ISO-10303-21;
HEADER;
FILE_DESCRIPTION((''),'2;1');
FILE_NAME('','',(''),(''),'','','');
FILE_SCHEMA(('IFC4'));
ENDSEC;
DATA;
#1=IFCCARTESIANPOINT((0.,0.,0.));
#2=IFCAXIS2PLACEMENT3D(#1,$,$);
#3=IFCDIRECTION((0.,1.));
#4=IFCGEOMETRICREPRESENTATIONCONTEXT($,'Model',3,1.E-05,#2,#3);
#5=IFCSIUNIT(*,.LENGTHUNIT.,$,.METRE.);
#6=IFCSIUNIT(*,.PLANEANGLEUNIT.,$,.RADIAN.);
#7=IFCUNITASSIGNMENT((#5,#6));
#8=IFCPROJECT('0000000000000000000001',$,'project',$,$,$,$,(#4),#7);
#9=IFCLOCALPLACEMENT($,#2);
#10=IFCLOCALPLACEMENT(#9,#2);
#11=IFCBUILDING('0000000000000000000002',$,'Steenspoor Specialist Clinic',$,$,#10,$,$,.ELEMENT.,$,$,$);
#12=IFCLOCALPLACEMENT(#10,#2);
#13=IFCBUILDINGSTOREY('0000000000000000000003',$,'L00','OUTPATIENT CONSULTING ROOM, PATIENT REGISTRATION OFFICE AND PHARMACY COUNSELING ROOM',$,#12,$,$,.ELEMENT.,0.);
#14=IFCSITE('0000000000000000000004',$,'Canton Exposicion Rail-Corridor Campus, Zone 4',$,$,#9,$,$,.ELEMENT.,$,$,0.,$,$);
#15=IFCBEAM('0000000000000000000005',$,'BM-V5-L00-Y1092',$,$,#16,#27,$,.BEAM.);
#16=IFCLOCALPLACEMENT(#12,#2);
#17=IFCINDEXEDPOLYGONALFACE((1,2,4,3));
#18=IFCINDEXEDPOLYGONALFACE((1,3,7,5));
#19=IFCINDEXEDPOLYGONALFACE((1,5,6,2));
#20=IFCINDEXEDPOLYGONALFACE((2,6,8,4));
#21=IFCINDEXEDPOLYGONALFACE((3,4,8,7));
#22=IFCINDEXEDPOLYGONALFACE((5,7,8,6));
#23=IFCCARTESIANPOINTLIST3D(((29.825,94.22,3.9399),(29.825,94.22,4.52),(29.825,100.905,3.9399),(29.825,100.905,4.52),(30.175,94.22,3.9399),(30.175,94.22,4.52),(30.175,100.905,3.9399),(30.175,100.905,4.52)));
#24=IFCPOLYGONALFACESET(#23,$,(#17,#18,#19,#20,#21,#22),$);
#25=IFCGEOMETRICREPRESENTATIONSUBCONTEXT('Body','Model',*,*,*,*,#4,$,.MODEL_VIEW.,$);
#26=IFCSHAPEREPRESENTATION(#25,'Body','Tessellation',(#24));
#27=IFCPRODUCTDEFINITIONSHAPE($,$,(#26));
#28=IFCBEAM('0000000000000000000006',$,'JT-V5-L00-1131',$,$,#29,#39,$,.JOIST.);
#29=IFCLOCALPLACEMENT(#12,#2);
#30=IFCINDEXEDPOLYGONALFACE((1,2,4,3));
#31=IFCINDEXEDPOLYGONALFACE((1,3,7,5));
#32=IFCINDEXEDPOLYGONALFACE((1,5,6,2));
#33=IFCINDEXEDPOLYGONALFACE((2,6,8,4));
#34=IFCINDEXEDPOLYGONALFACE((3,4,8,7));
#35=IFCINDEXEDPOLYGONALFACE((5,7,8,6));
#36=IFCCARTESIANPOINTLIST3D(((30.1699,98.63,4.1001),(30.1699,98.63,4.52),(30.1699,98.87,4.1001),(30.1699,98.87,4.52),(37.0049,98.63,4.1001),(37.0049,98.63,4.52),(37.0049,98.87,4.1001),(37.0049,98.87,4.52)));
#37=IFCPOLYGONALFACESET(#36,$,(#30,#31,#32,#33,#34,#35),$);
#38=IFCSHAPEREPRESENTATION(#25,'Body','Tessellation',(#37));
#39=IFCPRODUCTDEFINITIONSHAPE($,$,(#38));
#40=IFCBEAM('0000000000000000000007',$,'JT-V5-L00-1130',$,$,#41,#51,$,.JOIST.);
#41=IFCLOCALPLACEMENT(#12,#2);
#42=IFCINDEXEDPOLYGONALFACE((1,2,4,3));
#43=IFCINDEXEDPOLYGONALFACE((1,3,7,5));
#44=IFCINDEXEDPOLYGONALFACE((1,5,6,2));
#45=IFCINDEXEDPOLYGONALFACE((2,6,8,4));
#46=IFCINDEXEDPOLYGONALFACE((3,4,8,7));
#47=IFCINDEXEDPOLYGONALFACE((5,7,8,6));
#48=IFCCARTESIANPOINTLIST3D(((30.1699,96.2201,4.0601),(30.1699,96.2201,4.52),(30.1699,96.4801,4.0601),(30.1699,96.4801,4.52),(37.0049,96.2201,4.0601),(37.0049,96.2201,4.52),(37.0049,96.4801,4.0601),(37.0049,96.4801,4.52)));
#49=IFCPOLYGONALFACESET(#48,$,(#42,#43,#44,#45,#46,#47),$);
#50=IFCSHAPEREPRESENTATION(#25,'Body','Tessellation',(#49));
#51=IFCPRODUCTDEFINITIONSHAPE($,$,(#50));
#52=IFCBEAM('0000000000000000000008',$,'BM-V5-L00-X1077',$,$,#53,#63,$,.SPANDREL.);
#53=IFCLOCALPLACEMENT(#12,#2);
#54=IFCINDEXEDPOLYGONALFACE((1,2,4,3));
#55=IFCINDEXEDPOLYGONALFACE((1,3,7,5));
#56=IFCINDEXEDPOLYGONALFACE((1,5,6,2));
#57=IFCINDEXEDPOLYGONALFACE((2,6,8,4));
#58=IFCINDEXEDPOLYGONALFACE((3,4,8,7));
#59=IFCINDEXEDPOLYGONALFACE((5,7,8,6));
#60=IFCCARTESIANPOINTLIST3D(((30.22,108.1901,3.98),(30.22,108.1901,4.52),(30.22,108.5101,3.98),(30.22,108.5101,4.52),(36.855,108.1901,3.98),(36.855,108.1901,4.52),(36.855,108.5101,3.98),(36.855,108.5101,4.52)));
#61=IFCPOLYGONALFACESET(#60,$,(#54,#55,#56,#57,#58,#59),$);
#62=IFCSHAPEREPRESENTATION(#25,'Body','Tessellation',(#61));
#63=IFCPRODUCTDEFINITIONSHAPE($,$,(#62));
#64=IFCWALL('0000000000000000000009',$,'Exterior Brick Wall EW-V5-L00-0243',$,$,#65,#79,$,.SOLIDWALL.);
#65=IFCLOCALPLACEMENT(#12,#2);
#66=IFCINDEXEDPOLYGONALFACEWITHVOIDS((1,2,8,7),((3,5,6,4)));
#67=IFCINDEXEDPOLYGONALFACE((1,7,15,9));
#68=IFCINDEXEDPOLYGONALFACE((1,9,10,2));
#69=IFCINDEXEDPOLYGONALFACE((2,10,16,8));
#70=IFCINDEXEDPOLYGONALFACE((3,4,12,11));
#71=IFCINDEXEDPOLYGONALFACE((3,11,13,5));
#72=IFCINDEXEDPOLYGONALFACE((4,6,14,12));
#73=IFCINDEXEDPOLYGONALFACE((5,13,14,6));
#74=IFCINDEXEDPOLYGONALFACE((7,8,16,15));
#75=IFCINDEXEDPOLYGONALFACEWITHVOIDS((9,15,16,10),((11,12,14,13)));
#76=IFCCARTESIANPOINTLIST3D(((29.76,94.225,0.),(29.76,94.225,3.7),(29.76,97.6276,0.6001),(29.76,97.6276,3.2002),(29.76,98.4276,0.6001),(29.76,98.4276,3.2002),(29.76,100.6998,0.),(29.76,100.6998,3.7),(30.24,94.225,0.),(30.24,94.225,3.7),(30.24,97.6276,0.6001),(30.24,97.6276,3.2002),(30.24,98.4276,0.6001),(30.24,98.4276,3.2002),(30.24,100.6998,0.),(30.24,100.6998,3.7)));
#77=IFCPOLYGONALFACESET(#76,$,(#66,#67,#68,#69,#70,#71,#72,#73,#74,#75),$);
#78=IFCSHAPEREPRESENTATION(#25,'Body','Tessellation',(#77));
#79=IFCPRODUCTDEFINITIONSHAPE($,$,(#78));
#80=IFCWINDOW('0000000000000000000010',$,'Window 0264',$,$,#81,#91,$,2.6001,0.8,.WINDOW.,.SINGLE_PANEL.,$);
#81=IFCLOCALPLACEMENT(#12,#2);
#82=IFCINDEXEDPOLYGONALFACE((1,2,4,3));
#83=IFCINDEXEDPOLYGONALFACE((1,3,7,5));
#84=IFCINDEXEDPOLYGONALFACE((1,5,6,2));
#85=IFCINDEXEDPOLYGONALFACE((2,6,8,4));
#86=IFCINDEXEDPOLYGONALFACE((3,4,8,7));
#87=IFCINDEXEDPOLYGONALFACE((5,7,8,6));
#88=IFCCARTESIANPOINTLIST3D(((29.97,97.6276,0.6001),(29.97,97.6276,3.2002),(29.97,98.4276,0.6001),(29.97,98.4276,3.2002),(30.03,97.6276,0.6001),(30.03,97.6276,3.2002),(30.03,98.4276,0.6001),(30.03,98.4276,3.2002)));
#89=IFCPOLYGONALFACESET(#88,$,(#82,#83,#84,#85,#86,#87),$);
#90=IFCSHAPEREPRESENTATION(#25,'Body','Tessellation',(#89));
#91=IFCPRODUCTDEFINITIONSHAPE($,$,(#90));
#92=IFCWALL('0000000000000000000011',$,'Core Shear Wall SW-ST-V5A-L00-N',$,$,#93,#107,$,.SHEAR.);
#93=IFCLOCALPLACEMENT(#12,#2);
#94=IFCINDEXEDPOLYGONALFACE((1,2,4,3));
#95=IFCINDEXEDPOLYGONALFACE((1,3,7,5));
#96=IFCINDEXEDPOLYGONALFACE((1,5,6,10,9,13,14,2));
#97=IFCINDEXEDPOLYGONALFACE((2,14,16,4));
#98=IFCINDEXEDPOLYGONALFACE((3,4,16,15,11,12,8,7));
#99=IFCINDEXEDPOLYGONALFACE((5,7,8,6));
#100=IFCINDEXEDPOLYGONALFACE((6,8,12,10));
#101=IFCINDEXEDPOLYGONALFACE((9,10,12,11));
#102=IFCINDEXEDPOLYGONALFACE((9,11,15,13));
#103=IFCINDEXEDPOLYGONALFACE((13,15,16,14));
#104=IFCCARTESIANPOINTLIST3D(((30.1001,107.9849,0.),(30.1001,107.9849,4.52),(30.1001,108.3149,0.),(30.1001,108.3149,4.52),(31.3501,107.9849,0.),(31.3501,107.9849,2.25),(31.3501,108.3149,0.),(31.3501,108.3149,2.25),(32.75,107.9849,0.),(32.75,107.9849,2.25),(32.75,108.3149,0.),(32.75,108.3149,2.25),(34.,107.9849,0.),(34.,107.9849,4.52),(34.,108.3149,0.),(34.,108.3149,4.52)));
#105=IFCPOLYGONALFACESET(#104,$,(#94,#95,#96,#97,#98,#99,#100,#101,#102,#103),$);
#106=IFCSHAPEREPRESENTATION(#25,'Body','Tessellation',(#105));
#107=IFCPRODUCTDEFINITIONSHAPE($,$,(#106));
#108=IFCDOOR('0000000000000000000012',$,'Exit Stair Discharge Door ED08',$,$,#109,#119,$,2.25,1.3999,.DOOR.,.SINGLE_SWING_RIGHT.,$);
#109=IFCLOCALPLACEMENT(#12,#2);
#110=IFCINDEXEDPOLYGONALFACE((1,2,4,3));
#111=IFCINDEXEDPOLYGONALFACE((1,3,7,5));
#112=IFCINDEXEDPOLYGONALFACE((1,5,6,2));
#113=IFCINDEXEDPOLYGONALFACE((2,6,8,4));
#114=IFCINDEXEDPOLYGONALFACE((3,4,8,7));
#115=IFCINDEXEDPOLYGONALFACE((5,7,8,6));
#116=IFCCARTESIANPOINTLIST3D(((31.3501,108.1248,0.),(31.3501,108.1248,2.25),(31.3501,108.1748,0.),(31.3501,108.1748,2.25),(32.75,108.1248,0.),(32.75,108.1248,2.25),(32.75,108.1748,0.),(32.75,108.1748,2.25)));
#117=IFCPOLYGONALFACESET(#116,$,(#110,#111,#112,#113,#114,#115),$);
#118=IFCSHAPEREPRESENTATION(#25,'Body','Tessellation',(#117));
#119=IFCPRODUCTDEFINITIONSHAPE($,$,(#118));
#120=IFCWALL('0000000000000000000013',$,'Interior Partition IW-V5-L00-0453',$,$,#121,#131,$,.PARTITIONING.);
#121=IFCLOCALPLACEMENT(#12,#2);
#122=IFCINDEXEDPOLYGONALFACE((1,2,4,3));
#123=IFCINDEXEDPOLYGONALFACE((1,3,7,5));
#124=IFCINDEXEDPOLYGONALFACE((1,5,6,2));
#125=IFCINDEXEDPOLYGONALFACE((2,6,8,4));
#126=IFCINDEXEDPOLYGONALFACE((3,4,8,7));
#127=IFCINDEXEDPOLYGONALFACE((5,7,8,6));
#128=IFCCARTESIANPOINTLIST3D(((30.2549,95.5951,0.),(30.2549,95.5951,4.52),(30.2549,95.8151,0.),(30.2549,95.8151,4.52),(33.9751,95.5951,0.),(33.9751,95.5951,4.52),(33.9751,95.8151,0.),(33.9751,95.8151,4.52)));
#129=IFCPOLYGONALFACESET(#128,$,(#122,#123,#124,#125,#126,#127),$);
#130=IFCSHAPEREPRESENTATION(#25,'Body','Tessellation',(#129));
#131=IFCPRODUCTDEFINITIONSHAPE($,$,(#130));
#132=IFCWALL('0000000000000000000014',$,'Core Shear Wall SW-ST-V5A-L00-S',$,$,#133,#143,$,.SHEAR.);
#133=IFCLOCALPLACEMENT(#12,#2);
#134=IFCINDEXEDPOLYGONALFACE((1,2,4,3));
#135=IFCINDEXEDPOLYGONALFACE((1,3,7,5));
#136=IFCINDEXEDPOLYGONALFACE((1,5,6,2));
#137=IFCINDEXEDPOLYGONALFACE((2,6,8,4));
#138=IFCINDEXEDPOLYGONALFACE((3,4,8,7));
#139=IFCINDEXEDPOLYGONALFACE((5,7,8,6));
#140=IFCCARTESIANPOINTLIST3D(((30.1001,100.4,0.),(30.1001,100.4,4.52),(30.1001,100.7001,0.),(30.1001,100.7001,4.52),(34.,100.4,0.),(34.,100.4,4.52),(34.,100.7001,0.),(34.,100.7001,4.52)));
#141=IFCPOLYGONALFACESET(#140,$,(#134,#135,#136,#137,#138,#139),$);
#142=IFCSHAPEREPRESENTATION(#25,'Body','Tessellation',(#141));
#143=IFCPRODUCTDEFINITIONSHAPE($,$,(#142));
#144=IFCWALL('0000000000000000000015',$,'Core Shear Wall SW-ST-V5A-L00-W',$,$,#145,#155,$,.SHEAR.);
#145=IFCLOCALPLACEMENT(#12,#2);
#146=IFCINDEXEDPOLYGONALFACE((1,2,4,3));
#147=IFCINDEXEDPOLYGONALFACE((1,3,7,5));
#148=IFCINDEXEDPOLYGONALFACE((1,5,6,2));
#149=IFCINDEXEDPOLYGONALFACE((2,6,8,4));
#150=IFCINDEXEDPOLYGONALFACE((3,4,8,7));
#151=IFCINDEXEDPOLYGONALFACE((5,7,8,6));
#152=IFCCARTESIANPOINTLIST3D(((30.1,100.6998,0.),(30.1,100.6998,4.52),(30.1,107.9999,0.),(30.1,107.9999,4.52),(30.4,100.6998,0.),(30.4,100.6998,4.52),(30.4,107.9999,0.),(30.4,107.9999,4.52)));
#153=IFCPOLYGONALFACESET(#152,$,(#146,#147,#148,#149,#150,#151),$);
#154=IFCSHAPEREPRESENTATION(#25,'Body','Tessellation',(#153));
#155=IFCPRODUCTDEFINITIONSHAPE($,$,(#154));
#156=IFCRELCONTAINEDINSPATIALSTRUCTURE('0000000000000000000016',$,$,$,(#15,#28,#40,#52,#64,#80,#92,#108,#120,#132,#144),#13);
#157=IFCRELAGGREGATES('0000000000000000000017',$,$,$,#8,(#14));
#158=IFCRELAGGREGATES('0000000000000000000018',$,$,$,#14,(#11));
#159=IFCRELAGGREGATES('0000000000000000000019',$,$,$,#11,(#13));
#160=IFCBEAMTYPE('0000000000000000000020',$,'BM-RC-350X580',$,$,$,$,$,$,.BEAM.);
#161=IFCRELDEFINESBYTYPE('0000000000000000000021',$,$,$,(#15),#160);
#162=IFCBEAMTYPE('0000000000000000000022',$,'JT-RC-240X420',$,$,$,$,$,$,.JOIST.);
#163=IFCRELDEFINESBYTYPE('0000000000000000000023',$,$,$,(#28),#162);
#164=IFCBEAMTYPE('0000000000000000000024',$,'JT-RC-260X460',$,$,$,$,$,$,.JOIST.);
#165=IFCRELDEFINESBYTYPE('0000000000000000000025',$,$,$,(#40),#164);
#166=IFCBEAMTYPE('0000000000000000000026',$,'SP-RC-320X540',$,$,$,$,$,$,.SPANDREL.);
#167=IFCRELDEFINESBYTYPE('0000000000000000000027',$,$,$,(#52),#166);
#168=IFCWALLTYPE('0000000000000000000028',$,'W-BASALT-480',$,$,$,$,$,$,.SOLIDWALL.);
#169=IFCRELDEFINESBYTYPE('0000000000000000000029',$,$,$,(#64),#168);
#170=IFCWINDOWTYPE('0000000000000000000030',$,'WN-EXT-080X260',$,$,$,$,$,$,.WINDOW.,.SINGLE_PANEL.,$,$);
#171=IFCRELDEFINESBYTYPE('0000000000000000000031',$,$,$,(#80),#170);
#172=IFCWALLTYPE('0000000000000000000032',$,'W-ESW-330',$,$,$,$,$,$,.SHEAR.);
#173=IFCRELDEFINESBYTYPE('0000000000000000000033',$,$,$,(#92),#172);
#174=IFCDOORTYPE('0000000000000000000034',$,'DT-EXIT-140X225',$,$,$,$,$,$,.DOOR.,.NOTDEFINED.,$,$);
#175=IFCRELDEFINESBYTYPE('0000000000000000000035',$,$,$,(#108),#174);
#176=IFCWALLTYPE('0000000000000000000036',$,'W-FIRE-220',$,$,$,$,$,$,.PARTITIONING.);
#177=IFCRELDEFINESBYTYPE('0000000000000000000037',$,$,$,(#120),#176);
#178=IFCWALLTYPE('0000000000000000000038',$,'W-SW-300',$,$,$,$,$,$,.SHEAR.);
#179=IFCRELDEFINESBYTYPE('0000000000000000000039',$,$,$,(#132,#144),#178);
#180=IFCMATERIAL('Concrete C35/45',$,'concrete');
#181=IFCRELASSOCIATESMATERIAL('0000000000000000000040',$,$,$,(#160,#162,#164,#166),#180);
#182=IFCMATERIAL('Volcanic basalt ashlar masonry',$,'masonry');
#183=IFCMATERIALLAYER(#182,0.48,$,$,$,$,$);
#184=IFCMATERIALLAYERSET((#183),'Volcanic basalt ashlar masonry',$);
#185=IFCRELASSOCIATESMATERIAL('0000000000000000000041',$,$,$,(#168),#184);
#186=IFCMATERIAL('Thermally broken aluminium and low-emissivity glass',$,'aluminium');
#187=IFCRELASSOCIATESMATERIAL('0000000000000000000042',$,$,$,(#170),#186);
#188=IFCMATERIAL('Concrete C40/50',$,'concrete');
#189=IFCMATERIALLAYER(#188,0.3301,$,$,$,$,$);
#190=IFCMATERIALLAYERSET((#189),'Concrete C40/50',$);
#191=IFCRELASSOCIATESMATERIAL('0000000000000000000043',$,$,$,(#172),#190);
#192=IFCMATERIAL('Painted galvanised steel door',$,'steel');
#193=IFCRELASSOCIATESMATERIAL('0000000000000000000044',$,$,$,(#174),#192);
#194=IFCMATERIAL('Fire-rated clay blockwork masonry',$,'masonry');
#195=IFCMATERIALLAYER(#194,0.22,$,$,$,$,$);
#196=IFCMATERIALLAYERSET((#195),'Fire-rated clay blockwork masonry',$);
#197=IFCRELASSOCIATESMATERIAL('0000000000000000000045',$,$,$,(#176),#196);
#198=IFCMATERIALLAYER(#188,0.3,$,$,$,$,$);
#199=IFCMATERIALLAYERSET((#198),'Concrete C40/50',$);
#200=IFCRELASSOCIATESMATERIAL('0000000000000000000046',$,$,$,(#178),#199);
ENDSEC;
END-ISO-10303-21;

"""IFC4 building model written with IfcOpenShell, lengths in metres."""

from ifc_helpers import new_model, si_unit, direction, frame, frame_2d, origin, origin_2d, place, context, subcontext, project, spatial, rectangle, extrude, material, layer, layer_set, material_profile, profile_set, type_object, element, fill, save


model = new_model("IFC4")

# Units and contexts
model_context = context("Model", 3, precision=1e-05, world=origin(), true_north=direction((0.0, 1.0)))
body_context = subcontext(model_context, "Body", "Model", "MODEL_VIEW")
ifc_project = project(units=[si_unit("LENGTHUNIT", "METRE"), si_unit("PLANEANGLEUNIT", "RADIAN")], contexts=[model_context])

# Site, building, storey
site_placement = place(None, origin())
site = spatial("IfcSite", under=ifc_project, at=site_placement, Name="Canton Exposicion Rail-Corridor Campus, Zone 4", CompositionType="ELEMENT", RefElevation=0.0)
building_placement = place(site_placement, origin())
building = spatial("IfcBuilding", under=site, at=building_placement, Name="Steenspoor Specialist Clinic", CompositionType="ELEMENT")
storey_placement = place(building_placement, origin())
storey = spatial("IfcBuildingStorey", under=building, at=storey_placement, Name="L00", Description="OUTPATIENT CONSULTING ROOM, PATIENT REGISTRATION OFFICE AND PHARMACY COUNSELING ROOM", CompositionType="ELEMENT", Elevation=0.0)

# Shared definitions
ifc_material_1 = material(Name="Concrete C35/45", Category="concrete")

# Shared definitions
ifc_material_2 = material(Name="Concrete C40/50", Category="concrete")

# Beams
ifc_material_profile_1 = material_profile(ifc_material_1, rectangle(XDim=0.3501, YDim=0.5801, at=origin_2d()), Name="RC-BM-350X580")
ifc_profile_set_1 = profile_set([ifc_material_profile_1], Name="Concrete C35/45")
beam_type_1 = type_object("IfcBeamType", Name="BM-RC-350X580", PredefinedType="BEAM", material=ifc_profile_set_1)
beam_1_placement = place(storey_placement, frame((30.0, 94.22, 4.23), z_axis=(0.0, 1.0, 0.0), x_axis=(-1.0, 0.0, 0.0)))
element("IfcBeam", 1, at=beam_1_placement, inside=storey, type_object=beam_type_1, Name="BM-V5-L00-Y1092", PredefinedType="BEAM", context=body_context, shape_type="SweptSolid", body=[
    extrude(rectangle(XDim=0.3501, YDim=0.5801, at=origin_2d()), origin(), (0.0, 0.0, 1.0), 6.6851),
])
ifc_material_profile_2 = material_profile(ifc_material_1, rectangle(XDim=0.24, YDim=0.4199, at=origin_2d()), Name="RC-JT-240X420")
ifc_profile_set_2 = profile_set([ifc_material_profile_2], Name="Concrete C35/45")
beam_type_2 = type_object("IfcBeamType", Name="JT-RC-240X420", PredefinedType="JOIST", material=ifc_profile_set_2)
beam_2_placement = place(storey_placement, frame((30.1699, 98.75, 4.3101), z_axis=(1.0, 0.0, 0.0), x_axis=(0.0, 1.0, 0.0)))
element("IfcBeam", 2, at=beam_2_placement, inside=storey, type_object=beam_type_2, Name="JT-V5-L00-1131", PredefinedType="JOIST", context=body_context, shape_type="SweptSolid", body=[
    extrude(rectangle(XDim=0.24, YDim=0.4199, at=origin_2d()), origin(), (0.0, 0.0, 1.0), 6.835),
])
ifc_material_profile_3 = material_profile(ifc_material_1, rectangle(XDim=0.26, YDim=0.46, at=origin_2d()), Name="RC-JT-260X460")
ifc_profile_set_3 = profile_set([ifc_material_profile_3], Name="Concrete C35/45")
beam_type_3 = type_object("IfcBeamType", Name="JT-RC-260X460", PredefinedType="JOIST", material=ifc_profile_set_3)
beam_3_placement = place(storey_placement, frame((30.1699, 96.3501, 4.29), z_axis=(1.0, 0.0, 0.0), x_axis=(0.0, 1.0, 0.0)))
element("IfcBeam", 3, at=beam_3_placement, inside=storey, type_object=beam_type_3, Name="JT-V5-L00-1130", PredefinedType="JOIST", context=body_context, shape_type="SweptSolid", body=[
    extrude(rectangle(XDim=0.26, YDim=0.46, at=origin_2d()), origin(), (0.0, 0.0, 1.0), 6.835),
])
ifc_material_profile_4 = material_profile(ifc_material_1, rectangle(XDim=0.3201, YDim=0.54, at=origin_2d()), Name="RC-SP-320X540")
ifc_profile_set_4 = profile_set([ifc_material_profile_4], Name="Concrete C35/45")
beam_type_4 = type_object("IfcBeamType", Name="SP-RC-320X540", PredefinedType="SPANDREL", material=ifc_profile_set_4)
beam_4_placement = place(storey_placement, frame((30.22, 108.3501, 4.25), z_axis=(1.0, 0.0, 0.0), x_axis=(0.0, 1.0, 0.0)))
element("IfcBeam", 4, at=beam_4_placement, inside=storey, type_object=beam_type_4, Name="BM-V5-L00-X1077", PredefinedType="SPANDREL", context=body_context, shape_type="SweptSolid", body=[
    extrude(rectangle(XDim=0.3201, YDim=0.54, at=origin_2d()), origin(), (0.0, 0.0, 1.0), 6.635),
])

# Wall, opening, window
ifc_material_3 = material(Name="Volcanic basalt ashlar masonry", Category="masonry")
ifc_layer_1 = layer(ifc_material_3, 0.48)
ifc_layer_set_1 = layer_set([ifc_layer_1], Name="Volcanic basalt ashlar masonry")
wall_type_1 = type_object("IfcWallType", Name="W-BASALT-480", PredefinedType="SOLIDWALL", material=ifc_layer_set_1)
wall_1_placement = place(storey_placement, frame((30.0, 94.2251, 0.0), z_axis=(0.0, 0.0, 1.0), x_axis=(0.0, 1.0, 0.0)))
wall_1 = element("IfcWall", 5, at=wall_1_placement, inside=storey, type_object=wall_type_1, Name="Exterior Brick Wall EW-V5-L00-0243", PredefinedType="SOLIDWALL", context=body_context, shape_type="SweptSolid", body=[
    extrude(rectangle(XDim=6.4749, YDim=0.48, at=frame_2d((3.2373, 0.0))), origin(), (0.0, 0.0, 1.0), 3.7),
])
opening_1_placement = place(wall_1_placement, frame((3.4026, 0.0, 0.6001)))
opening_1 = element("IfcOpeningElement", 6, at=opening_1_placement, cuts=wall_1, PredefinedType="OPENING", context=body_context, shape_type="SweptSolid", body=[
    extrude(rectangle(XDim=0.8, YDim=2.6001, at=frame_2d((0.3999, 1.3))), frame((0.0, 0.25, 0.0), z_axis=(0.0, -1.0, 0.0), x_axis=(1.0, 0.0, 0.0)), (0.0, 0.0, 1.0), 0.5),
])
ifc_material_4 = material(Name="Thermally broken aluminium and low-emissivity glass", Category="aluminium")
window_type = type_object("IfcWindowType", Name="WN-EXT-080X260", PartitioningType="SINGLE_PANEL", PredefinedType="WINDOW", material=ifc_material_4)
window_placement = place(opening_1_placement, origin())
window = element("IfcWindow", 7, at=window_placement, inside=storey, type_object=window_type, Name="Window 0264", OverallHeight=2.6001, OverallWidth=0.8, PartitioningType="SINGLE_PANEL", PredefinedType="WINDOW", context=body_context, shape_type="SweptSolid", body=[
    extrude(rectangle(XDim=0.8, YDim=2.6001, at=frame_2d((0.3999, 1.3))), frame((0.0, 0.03, 0.0), z_axis=(0.0, -1.0, 0.0), x_axis=(1.0, 0.0, 0.0)), (0.0, 0.0, 1.0), 0.0601),
])
fill(opening_1, window)

# Wall, opening, door
ifc_layer_2 = layer(ifc_material_2, 0.3301)
ifc_layer_set_2 = layer_set([ifc_layer_2], Name="Concrete C40/50")
wall_type_2 = type_object("IfcWallType", Name="W-ESW-330", PredefinedType="SHEAR", material=ifc_layer_set_2)
wall_2_placement = place(storey_placement, frame((30.1001, 108.1499, 0.0), z_axis=(0.0, 0.0, 1.0), x_axis=(1.0, 0.0, 0.0)))
wall_2 = element("IfcWall", 8, at=wall_2_placement, inside=storey, type_object=wall_type_2, Name="Core Shear Wall SW-ST-V5A-L00-N", PredefinedType="SHEAR", context=body_context, shape_type="SweptSolid", body=[
    extrude(rectangle(XDim=3.8999, YDim=0.3301, at=frame_2d((1.95, 0.0))), origin(), (0.0, 0.0, 1.0), 4.52),
])
opening_2_placement = place(wall_2_placement, frame((1.25, 0.0, 0.0)))
opening_2 = element("IfcOpeningElement", 9, at=opening_2_placement, cuts=wall_2, PredefinedType="OPENING", context=body_context, shape_type="SweptSolid", body=[
    extrude(rectangle(XDim=1.3999, YDim=2.25, at=frame_2d((0.7, 1.125))), frame((0.0, 0.175, 0.0), z_axis=(0.0, -1.0, 0.0), x_axis=(1.0, 0.0, 0.0)), (0.0, 0.0, 1.0), 0.3501),
])
ifc_material_5 = material(Name="Painted galvanised steel door", Category="steel")
door_type = type_object("IfcDoorType", Name="DT-EXIT-140X225", OperationType="NOTDEFINED", PredefinedType="DOOR", material=ifc_material_5)
door_placement = place(opening_2_placement, origin())
door = element("IfcDoor", 10, at=door_placement, inside=storey, type_object=door_type, Name="Exit Stair Discharge Door ED08", OperationType="SINGLE_SWING_RIGHT", OverallHeight=2.25, OverallWidth=1.3999, PredefinedType="DOOR", context=body_context, shape_type="SweptSolid", body=[
    extrude(rectangle(XDim=1.3999, YDim=2.25, at=frame_2d((0.7, 1.125))), frame((0.0, 0.0249, 0.0), z_axis=(0.0, -1.0, 0.0), x_axis=(1.0, 0.0, 0.0)), (0.0, 0.0, 1.0), 0.05),
])
fill(opening_2, door)

# Walls
ifc_material_6 = material(Name="Fire-rated clay blockwork masonry", Category="masonry")
ifc_layer_3 = layer(ifc_material_6, 0.22)
ifc_layer_set_3 = layer_set([ifc_layer_3], Name="Fire-rated clay blockwork masonry")
wall_type_3 = type_object("IfcWallType", Name="W-FIRE-220", PredefinedType="PARTITIONING", material=ifc_layer_set_3)
wall_3_placement = place(storey_placement, frame((30.2549, 95.7051, 0.0), z_axis=(0.0, 0.0, 1.0), x_axis=(1.0, 0.0, 0.0)))
element("IfcWall", 11, at=wall_3_placement, inside=storey, type_object=wall_type_3, Name="Interior Partition IW-V5-L00-0453", PredefinedType="PARTITIONING", context=body_context, shape_type="SweptSolid", body=[
    extrude(rectangle(XDim=3.7202, YDim=0.22, at=frame_2d((1.8601, 0.0))), origin(), (0.0, 0.0, 1.0), 4.52),
])
ifc_layer_4 = layer(ifc_material_2, 0.3)
ifc_layer_set_4 = layer_set([ifc_layer_4], Name="Concrete C40/50")
wall_type_4 = type_object("IfcWallType", Name="W-SW-300", PredefinedType="SHEAR", material=ifc_layer_set_4)
wall_4_placement = place(storey_placement, frame((30.1001, 100.55, 0.0), z_axis=(0.0, 0.0, 1.0), x_axis=(1.0, 0.0, 0.0)))
element("IfcWall", 12, at=wall_4_placement, inside=storey, type_object=wall_type_4, Name="Core Shear Wall SW-ST-V5A-L00-S", PredefinedType="SHEAR", context=body_context, shape_type="SweptSolid", body=[
    extrude(rectangle(XDim=3.8999, YDim=0.3, at=frame_2d((1.95, 0.0))), origin(), (0.0, 0.0, 1.0), 4.52),
])
wall_5_placement = place(storey_placement, frame((30.25, 100.7, 0.0), z_axis=(0.0, 0.0, 1.0), x_axis=(0.0, 1.0, 0.0)))
element("IfcWall", 13, at=wall_5_placement, inside=storey, type_object=wall_type_4, Name="Core Shear Wall SW-ST-V5A-L00-W", PredefinedType="SHEAR", context=body_context, shape_type="SweptSolid", body=[
    extrude(rectangle(XDim=7.3, YDim=0.3, at=frame_2d((3.6499, 0.0))), origin(), (0.0, 0.0, 1.0), 4.52),
])

save(model, "model.ifc")
